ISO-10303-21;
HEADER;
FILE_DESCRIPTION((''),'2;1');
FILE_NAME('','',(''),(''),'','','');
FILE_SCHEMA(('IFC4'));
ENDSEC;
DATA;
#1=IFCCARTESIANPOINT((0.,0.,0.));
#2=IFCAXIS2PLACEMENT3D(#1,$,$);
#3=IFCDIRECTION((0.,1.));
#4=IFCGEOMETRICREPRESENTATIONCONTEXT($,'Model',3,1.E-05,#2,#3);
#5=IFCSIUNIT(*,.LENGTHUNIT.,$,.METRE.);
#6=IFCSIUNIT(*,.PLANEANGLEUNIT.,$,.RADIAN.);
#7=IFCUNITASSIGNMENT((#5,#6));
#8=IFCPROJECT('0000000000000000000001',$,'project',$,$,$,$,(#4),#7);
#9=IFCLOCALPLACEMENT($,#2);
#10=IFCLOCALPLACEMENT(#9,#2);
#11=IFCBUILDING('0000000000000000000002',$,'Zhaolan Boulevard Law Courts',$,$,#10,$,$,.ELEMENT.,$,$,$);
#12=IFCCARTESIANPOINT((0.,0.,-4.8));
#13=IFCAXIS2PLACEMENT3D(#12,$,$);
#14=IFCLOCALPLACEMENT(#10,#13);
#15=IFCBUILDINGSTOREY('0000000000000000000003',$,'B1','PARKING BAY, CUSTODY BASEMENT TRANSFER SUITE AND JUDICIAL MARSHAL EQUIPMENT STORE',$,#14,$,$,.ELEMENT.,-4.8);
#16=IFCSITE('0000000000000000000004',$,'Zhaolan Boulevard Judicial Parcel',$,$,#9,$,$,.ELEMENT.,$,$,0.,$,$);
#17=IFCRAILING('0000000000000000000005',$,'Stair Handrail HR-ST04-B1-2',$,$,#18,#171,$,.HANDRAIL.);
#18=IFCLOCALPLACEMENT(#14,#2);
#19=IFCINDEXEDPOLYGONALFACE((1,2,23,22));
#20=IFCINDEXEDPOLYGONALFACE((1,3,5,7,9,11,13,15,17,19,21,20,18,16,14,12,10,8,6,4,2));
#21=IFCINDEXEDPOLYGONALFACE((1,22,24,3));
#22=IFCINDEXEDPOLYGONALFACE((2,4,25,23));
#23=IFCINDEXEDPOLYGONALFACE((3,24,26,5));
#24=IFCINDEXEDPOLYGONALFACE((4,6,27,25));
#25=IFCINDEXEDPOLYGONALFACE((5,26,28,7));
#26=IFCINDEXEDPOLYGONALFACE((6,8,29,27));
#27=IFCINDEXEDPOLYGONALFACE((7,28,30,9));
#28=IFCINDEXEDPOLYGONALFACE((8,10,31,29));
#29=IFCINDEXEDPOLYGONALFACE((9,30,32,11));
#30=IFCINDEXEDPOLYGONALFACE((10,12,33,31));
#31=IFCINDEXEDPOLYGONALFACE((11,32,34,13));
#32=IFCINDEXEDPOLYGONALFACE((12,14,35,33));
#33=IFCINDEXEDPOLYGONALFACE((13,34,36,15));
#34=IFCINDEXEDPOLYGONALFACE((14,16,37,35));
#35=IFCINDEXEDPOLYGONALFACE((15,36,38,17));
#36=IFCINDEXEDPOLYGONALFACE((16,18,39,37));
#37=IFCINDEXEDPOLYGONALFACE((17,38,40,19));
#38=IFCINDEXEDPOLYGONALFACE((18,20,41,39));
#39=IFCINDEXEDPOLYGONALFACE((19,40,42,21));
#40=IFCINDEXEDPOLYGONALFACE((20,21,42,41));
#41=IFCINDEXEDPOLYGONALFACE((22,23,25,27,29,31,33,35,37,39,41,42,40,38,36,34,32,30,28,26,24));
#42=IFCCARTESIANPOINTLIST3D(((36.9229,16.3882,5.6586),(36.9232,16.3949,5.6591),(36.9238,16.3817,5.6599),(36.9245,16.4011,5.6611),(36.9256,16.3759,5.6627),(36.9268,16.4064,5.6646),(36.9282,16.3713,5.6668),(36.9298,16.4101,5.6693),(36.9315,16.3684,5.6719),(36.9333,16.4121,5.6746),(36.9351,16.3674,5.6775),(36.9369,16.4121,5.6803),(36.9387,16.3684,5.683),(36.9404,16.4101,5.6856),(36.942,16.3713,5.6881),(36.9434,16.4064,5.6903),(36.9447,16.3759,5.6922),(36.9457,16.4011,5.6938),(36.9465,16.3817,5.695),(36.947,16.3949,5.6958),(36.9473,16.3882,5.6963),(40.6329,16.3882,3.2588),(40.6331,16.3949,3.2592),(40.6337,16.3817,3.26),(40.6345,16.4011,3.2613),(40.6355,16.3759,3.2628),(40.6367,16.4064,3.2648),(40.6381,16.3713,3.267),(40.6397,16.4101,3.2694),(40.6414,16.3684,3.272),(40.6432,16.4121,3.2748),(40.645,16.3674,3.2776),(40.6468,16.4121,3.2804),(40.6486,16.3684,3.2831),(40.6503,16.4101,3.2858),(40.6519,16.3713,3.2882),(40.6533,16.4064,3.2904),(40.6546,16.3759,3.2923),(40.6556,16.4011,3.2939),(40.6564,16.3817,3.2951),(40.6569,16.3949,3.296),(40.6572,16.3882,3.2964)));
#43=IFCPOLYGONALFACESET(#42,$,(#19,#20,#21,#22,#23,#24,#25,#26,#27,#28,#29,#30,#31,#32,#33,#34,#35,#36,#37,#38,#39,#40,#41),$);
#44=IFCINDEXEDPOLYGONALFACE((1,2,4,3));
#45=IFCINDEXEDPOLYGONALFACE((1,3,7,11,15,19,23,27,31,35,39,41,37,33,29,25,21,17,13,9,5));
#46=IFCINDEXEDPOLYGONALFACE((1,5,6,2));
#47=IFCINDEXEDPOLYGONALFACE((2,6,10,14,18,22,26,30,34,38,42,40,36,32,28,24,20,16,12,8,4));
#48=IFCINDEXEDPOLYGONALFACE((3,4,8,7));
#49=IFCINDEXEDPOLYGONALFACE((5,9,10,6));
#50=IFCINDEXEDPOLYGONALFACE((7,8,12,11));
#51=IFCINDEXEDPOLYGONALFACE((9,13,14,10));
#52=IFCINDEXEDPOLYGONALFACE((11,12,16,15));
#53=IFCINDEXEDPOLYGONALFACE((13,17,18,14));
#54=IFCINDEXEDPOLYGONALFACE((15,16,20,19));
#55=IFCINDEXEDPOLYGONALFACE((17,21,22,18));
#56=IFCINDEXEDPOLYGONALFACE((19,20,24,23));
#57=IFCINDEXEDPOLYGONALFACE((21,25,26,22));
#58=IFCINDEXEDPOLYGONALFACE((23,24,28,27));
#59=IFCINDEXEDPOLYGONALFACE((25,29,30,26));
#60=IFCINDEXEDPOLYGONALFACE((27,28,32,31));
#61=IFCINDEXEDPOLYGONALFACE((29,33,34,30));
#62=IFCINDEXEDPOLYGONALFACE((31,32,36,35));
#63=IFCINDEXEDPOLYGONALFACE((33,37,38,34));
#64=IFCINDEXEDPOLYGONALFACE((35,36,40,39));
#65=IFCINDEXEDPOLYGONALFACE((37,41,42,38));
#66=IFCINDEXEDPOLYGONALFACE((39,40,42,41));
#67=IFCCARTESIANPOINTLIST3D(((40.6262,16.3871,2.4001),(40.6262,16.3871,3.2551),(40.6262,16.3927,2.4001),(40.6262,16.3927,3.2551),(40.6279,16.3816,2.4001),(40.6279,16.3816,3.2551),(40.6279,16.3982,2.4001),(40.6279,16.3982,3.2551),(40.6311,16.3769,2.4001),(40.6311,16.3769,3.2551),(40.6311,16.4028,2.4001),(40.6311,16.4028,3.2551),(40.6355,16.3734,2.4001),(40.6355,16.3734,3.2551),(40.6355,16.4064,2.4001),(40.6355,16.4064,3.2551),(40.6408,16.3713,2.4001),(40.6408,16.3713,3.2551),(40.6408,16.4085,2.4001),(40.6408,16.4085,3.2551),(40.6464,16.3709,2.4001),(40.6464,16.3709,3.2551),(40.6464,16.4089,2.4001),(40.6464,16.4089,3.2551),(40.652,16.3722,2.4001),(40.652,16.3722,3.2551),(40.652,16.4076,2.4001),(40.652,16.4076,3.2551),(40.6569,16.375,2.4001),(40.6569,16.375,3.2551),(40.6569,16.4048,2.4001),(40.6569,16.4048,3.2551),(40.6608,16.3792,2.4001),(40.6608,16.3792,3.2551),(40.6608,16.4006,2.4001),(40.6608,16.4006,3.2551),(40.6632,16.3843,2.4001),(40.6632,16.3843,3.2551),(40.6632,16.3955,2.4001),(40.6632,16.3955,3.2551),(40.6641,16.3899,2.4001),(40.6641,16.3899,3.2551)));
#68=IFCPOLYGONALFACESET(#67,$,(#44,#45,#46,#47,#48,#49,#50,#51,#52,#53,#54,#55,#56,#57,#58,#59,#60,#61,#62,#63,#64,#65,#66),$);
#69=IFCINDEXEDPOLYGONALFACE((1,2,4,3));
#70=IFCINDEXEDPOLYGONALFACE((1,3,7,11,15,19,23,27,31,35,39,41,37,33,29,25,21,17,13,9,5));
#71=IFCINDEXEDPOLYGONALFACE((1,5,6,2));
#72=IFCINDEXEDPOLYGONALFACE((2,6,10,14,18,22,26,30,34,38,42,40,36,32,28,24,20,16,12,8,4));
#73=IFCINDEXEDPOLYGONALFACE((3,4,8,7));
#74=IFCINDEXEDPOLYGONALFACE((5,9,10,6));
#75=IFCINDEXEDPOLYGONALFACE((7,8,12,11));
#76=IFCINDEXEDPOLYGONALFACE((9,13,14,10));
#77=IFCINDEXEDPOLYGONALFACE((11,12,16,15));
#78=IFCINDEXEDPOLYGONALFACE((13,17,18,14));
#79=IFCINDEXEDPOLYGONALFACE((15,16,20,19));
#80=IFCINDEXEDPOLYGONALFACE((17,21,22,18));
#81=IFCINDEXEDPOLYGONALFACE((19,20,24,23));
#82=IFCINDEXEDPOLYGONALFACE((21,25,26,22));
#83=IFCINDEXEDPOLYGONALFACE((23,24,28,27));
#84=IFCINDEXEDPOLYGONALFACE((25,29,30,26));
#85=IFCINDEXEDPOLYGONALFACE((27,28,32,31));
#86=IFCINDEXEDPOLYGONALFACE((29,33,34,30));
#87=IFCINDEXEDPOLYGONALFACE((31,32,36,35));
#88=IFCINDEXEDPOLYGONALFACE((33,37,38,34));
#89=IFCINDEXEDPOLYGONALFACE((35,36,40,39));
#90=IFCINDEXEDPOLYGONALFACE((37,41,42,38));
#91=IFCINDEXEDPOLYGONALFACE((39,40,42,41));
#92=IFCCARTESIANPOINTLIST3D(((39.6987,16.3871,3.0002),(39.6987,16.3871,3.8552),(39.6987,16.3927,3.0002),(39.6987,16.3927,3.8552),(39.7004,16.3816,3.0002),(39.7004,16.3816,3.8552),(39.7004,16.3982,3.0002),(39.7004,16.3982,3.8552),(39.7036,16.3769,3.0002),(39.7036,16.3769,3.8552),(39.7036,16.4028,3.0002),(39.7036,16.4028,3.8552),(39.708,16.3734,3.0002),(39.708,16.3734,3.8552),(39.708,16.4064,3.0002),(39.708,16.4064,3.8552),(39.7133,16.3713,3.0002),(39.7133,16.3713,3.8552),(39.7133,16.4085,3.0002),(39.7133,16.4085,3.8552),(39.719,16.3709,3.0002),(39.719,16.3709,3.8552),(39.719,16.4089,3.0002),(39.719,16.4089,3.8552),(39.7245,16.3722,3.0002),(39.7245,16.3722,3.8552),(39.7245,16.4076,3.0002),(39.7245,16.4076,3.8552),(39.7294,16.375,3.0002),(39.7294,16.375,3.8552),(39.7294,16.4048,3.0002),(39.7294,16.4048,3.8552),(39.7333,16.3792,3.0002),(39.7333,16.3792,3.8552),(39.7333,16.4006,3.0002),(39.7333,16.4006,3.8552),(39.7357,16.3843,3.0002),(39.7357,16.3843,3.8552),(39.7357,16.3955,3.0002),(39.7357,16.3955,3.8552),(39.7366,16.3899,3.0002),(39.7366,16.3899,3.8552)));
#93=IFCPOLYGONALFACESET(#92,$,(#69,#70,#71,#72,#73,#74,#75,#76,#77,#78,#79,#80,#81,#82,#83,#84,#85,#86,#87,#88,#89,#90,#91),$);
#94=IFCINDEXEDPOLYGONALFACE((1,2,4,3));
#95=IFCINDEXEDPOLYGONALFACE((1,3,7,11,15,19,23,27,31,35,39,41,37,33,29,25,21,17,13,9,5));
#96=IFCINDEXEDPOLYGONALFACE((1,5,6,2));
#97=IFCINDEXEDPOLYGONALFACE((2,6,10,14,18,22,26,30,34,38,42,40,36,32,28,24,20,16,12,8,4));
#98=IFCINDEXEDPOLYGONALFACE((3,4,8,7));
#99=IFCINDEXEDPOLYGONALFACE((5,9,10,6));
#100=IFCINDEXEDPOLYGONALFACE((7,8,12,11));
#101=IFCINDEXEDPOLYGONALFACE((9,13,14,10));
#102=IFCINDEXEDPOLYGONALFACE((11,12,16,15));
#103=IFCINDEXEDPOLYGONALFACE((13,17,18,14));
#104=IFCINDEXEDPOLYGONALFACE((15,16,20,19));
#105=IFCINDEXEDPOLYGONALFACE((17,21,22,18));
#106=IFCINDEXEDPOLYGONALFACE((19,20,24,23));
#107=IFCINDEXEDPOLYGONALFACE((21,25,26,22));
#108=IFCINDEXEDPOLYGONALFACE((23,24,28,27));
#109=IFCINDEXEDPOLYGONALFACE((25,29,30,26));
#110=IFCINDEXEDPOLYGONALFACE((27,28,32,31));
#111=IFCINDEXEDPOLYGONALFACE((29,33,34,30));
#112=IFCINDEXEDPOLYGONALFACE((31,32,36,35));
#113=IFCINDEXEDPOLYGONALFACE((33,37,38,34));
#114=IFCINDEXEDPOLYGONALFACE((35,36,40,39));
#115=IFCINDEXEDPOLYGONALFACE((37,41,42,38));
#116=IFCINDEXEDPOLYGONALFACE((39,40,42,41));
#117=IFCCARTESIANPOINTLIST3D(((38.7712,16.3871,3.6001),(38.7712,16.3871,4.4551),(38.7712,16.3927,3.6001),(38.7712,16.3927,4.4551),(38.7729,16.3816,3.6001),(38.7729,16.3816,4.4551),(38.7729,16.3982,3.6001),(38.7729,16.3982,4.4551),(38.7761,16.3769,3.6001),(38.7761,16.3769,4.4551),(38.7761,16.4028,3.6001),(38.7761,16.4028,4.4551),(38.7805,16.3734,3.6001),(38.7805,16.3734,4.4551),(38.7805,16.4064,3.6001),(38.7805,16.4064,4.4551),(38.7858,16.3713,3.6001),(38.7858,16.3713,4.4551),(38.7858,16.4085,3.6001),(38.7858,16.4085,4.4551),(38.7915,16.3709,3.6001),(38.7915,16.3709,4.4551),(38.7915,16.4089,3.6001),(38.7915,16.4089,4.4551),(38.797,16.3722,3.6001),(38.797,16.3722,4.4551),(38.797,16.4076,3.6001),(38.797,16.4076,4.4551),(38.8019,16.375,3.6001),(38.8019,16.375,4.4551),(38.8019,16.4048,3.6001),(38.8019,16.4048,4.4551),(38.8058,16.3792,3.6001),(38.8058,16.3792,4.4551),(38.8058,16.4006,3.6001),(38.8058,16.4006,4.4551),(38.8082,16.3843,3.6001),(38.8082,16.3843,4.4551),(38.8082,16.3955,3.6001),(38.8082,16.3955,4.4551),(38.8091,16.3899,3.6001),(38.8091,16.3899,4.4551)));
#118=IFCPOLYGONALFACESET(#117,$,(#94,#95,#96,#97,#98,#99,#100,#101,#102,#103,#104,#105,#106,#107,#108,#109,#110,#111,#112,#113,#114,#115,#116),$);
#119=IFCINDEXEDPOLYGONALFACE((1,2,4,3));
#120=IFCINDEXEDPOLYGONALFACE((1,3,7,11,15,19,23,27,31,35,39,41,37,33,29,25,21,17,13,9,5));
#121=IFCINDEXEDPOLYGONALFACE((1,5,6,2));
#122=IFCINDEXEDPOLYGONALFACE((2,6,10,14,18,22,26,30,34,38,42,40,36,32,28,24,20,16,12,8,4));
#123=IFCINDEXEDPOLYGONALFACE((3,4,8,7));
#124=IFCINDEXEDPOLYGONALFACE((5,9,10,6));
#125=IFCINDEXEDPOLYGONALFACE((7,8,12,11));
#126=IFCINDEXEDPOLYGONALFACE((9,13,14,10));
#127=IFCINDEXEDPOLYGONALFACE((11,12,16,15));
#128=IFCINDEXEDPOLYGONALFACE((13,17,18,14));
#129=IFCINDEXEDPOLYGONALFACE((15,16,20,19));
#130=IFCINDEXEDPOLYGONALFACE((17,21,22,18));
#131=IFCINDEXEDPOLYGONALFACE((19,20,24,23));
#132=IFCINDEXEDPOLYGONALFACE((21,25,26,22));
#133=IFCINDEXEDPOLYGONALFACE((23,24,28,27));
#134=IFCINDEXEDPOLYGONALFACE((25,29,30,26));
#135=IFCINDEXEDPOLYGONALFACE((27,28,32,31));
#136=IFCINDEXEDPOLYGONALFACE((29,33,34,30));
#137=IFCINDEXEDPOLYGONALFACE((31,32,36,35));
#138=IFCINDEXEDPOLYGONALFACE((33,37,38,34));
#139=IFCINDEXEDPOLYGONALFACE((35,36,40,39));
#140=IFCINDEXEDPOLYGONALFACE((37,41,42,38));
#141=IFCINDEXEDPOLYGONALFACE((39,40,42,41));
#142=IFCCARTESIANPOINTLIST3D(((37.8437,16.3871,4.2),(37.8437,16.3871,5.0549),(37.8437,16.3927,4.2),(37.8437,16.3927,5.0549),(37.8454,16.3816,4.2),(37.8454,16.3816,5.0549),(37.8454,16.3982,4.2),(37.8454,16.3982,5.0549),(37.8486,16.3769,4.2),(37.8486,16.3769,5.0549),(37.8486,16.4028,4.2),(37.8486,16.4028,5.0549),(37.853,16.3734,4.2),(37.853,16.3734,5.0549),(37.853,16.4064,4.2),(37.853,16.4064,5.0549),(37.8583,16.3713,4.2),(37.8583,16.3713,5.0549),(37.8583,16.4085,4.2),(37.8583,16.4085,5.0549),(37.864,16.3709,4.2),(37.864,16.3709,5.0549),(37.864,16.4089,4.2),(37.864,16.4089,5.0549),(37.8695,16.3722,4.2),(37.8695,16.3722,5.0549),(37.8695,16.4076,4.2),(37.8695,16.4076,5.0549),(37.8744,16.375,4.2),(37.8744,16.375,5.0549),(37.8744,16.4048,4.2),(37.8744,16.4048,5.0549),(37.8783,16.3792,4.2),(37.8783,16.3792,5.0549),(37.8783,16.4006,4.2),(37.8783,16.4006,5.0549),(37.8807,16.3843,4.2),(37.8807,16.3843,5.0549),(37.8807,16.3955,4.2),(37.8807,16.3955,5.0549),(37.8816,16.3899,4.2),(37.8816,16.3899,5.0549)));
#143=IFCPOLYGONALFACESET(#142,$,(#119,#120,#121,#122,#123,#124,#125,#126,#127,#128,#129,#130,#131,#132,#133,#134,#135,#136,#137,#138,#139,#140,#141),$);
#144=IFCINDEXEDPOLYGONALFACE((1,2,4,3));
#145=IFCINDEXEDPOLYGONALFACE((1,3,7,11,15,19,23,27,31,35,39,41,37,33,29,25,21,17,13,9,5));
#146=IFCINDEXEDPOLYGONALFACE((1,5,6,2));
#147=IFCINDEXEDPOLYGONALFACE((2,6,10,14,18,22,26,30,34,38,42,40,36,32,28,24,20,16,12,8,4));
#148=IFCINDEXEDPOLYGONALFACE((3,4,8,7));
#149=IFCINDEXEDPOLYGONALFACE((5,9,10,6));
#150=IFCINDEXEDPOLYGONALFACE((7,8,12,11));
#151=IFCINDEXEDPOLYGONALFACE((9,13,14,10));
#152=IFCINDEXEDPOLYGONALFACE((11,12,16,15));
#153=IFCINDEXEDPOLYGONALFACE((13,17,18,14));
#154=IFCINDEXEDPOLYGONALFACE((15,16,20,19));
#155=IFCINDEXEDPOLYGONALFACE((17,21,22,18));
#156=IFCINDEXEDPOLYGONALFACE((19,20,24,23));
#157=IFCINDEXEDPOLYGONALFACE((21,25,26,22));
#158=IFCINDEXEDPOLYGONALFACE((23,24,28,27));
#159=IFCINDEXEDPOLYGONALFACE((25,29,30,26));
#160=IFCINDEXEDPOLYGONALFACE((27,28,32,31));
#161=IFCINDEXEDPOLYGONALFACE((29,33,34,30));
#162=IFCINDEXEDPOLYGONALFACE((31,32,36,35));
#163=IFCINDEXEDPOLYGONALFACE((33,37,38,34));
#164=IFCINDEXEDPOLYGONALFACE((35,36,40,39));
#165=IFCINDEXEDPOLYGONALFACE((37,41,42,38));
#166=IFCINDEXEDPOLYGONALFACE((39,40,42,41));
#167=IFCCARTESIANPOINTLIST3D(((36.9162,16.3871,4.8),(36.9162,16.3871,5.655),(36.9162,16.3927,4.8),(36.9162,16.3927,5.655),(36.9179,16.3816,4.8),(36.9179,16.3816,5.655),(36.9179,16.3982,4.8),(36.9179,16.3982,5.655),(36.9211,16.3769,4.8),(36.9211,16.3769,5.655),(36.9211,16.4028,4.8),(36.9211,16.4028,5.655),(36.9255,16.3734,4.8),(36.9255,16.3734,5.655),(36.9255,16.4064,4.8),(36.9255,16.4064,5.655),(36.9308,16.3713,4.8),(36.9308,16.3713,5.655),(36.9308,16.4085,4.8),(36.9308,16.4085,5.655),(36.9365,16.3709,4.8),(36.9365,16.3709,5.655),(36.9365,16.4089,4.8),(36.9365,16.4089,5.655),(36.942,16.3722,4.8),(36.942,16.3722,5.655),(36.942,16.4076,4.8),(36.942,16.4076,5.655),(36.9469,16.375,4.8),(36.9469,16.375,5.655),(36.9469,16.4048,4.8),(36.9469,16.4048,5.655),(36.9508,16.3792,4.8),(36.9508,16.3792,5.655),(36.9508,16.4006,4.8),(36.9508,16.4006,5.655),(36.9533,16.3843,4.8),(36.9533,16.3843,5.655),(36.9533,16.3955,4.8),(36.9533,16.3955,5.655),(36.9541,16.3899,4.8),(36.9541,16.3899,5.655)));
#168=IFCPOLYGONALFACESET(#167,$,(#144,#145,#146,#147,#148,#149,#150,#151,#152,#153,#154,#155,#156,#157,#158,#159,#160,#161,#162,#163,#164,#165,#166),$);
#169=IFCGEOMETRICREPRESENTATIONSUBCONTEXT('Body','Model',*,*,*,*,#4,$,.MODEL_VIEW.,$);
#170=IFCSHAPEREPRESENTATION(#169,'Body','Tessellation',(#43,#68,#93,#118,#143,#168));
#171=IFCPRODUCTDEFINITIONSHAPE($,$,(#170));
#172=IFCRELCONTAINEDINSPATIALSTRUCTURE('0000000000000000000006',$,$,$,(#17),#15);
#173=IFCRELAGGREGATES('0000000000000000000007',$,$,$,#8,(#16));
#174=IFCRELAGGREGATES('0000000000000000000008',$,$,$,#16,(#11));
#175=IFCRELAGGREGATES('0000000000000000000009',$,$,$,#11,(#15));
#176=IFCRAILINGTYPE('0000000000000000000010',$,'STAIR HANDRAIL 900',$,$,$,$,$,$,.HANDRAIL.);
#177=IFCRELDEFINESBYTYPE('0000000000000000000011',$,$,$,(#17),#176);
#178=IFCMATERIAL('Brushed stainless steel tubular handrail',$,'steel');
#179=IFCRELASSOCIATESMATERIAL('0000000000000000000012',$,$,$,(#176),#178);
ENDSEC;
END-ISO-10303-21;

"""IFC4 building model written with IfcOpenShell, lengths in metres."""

from ifc_helpers import new_model, si_unit, direction, frame, origin, origin_2d, place, context, subcontext, project, spatial, circle, extrude, material, type_object, element, save


model = new_model("IFC4")

# Units and contexts
model_context = context("Model", 3, precision=1e-05, world=origin(), true_north=direction((0.0, 1.0)))
body_context = subcontext(model_context, "Body", "Model", "MODEL_VIEW")
ifc_project = project(units=[si_unit("LENGTHUNIT", "METRE"), si_unit("PLANEANGLEUNIT", "RADIAN")], contexts=[model_context])

# Site, building, storey
site_placement = place(None, origin())
site = spatial("IfcSite", under=ifc_project, at=site_placement, Name="Zhaolan Boulevard Judicial Parcel", CompositionType="ELEMENT", RefElevation=0.0)
building_placement = place(site_placement, origin())
building = spatial("IfcBuilding", under=site, at=building_placement, Name="Zhaolan Boulevard Law Courts", CompositionType="ELEMENT")
storey_placement = place(building_placement, frame((0.0, 0.0, -4.8)))
storey = spatial("IfcBuildingStorey", under=building, at=storey_placement, Name="B1", Description="PARKING BAY, CUSTODY BASEMENT TRANSFER SUITE AND JUDICIAL MARSHAL EQUIPMENT STORE", CompositionType="ELEMENT", Elevation=-4.8)

# Railing
ifc_material_1 = material(Name="Brushed stainless steel tubular handrail", Category="steel")
railing_type_1 = type_object("IfcRailingType", Name="STAIR HANDRAIL 900", PredefinedType="HANDRAIL", material=ifc_material_1)
railing_1_placement = place(storey_placement, frame((40.645, 16.3899, 2.4001)))
element("IfcRailing", 1, at=railing_1_placement, inside=storey, type_object=railing_type_1, Name="Stair Handrail HR-ST04-B1-2", PredefinedType="HANDRAIL", context=body_context, shape_type="SweptSolid", body=[
    extrude(circle(Radius=0.0225, at=origin_2d()), frame((0.0, 0.0, 0.8774), z_axis=(-0.839638, 0.0, 0.543146), x_axis=(0.0, -1.0, 0.0)), (0.0, 0.0, 1.0), 4.4185),
    extrude(circle(Radius=0.019, at=origin_2d()), origin(), (0.0, 0.0, 1.0), 0.855),
    extrude(circle(Radius=0.019, at=origin_2d()), frame((-0.9275, 0.0, 0.6001)), (0.0, 0.0, 1.0), 0.855),
    extrude(circle(Radius=0.019, at=origin_2d()), frame((-1.855, 0.0, 1.2)), (0.0, 0.0, 1.0), 0.855),
    extrude(circle(Radius=0.019, at=origin_2d()), frame((-2.7825, 0.0, 1.7998)), (0.0, 0.0, 1.0), 0.855),
    extrude(circle(Radius=0.019, at=origin_2d()), frame((-3.71, 0.0, 2.3999)), (0.0, 0.0, 1.0), 0.855),
])

save(model, "model.ifc")
